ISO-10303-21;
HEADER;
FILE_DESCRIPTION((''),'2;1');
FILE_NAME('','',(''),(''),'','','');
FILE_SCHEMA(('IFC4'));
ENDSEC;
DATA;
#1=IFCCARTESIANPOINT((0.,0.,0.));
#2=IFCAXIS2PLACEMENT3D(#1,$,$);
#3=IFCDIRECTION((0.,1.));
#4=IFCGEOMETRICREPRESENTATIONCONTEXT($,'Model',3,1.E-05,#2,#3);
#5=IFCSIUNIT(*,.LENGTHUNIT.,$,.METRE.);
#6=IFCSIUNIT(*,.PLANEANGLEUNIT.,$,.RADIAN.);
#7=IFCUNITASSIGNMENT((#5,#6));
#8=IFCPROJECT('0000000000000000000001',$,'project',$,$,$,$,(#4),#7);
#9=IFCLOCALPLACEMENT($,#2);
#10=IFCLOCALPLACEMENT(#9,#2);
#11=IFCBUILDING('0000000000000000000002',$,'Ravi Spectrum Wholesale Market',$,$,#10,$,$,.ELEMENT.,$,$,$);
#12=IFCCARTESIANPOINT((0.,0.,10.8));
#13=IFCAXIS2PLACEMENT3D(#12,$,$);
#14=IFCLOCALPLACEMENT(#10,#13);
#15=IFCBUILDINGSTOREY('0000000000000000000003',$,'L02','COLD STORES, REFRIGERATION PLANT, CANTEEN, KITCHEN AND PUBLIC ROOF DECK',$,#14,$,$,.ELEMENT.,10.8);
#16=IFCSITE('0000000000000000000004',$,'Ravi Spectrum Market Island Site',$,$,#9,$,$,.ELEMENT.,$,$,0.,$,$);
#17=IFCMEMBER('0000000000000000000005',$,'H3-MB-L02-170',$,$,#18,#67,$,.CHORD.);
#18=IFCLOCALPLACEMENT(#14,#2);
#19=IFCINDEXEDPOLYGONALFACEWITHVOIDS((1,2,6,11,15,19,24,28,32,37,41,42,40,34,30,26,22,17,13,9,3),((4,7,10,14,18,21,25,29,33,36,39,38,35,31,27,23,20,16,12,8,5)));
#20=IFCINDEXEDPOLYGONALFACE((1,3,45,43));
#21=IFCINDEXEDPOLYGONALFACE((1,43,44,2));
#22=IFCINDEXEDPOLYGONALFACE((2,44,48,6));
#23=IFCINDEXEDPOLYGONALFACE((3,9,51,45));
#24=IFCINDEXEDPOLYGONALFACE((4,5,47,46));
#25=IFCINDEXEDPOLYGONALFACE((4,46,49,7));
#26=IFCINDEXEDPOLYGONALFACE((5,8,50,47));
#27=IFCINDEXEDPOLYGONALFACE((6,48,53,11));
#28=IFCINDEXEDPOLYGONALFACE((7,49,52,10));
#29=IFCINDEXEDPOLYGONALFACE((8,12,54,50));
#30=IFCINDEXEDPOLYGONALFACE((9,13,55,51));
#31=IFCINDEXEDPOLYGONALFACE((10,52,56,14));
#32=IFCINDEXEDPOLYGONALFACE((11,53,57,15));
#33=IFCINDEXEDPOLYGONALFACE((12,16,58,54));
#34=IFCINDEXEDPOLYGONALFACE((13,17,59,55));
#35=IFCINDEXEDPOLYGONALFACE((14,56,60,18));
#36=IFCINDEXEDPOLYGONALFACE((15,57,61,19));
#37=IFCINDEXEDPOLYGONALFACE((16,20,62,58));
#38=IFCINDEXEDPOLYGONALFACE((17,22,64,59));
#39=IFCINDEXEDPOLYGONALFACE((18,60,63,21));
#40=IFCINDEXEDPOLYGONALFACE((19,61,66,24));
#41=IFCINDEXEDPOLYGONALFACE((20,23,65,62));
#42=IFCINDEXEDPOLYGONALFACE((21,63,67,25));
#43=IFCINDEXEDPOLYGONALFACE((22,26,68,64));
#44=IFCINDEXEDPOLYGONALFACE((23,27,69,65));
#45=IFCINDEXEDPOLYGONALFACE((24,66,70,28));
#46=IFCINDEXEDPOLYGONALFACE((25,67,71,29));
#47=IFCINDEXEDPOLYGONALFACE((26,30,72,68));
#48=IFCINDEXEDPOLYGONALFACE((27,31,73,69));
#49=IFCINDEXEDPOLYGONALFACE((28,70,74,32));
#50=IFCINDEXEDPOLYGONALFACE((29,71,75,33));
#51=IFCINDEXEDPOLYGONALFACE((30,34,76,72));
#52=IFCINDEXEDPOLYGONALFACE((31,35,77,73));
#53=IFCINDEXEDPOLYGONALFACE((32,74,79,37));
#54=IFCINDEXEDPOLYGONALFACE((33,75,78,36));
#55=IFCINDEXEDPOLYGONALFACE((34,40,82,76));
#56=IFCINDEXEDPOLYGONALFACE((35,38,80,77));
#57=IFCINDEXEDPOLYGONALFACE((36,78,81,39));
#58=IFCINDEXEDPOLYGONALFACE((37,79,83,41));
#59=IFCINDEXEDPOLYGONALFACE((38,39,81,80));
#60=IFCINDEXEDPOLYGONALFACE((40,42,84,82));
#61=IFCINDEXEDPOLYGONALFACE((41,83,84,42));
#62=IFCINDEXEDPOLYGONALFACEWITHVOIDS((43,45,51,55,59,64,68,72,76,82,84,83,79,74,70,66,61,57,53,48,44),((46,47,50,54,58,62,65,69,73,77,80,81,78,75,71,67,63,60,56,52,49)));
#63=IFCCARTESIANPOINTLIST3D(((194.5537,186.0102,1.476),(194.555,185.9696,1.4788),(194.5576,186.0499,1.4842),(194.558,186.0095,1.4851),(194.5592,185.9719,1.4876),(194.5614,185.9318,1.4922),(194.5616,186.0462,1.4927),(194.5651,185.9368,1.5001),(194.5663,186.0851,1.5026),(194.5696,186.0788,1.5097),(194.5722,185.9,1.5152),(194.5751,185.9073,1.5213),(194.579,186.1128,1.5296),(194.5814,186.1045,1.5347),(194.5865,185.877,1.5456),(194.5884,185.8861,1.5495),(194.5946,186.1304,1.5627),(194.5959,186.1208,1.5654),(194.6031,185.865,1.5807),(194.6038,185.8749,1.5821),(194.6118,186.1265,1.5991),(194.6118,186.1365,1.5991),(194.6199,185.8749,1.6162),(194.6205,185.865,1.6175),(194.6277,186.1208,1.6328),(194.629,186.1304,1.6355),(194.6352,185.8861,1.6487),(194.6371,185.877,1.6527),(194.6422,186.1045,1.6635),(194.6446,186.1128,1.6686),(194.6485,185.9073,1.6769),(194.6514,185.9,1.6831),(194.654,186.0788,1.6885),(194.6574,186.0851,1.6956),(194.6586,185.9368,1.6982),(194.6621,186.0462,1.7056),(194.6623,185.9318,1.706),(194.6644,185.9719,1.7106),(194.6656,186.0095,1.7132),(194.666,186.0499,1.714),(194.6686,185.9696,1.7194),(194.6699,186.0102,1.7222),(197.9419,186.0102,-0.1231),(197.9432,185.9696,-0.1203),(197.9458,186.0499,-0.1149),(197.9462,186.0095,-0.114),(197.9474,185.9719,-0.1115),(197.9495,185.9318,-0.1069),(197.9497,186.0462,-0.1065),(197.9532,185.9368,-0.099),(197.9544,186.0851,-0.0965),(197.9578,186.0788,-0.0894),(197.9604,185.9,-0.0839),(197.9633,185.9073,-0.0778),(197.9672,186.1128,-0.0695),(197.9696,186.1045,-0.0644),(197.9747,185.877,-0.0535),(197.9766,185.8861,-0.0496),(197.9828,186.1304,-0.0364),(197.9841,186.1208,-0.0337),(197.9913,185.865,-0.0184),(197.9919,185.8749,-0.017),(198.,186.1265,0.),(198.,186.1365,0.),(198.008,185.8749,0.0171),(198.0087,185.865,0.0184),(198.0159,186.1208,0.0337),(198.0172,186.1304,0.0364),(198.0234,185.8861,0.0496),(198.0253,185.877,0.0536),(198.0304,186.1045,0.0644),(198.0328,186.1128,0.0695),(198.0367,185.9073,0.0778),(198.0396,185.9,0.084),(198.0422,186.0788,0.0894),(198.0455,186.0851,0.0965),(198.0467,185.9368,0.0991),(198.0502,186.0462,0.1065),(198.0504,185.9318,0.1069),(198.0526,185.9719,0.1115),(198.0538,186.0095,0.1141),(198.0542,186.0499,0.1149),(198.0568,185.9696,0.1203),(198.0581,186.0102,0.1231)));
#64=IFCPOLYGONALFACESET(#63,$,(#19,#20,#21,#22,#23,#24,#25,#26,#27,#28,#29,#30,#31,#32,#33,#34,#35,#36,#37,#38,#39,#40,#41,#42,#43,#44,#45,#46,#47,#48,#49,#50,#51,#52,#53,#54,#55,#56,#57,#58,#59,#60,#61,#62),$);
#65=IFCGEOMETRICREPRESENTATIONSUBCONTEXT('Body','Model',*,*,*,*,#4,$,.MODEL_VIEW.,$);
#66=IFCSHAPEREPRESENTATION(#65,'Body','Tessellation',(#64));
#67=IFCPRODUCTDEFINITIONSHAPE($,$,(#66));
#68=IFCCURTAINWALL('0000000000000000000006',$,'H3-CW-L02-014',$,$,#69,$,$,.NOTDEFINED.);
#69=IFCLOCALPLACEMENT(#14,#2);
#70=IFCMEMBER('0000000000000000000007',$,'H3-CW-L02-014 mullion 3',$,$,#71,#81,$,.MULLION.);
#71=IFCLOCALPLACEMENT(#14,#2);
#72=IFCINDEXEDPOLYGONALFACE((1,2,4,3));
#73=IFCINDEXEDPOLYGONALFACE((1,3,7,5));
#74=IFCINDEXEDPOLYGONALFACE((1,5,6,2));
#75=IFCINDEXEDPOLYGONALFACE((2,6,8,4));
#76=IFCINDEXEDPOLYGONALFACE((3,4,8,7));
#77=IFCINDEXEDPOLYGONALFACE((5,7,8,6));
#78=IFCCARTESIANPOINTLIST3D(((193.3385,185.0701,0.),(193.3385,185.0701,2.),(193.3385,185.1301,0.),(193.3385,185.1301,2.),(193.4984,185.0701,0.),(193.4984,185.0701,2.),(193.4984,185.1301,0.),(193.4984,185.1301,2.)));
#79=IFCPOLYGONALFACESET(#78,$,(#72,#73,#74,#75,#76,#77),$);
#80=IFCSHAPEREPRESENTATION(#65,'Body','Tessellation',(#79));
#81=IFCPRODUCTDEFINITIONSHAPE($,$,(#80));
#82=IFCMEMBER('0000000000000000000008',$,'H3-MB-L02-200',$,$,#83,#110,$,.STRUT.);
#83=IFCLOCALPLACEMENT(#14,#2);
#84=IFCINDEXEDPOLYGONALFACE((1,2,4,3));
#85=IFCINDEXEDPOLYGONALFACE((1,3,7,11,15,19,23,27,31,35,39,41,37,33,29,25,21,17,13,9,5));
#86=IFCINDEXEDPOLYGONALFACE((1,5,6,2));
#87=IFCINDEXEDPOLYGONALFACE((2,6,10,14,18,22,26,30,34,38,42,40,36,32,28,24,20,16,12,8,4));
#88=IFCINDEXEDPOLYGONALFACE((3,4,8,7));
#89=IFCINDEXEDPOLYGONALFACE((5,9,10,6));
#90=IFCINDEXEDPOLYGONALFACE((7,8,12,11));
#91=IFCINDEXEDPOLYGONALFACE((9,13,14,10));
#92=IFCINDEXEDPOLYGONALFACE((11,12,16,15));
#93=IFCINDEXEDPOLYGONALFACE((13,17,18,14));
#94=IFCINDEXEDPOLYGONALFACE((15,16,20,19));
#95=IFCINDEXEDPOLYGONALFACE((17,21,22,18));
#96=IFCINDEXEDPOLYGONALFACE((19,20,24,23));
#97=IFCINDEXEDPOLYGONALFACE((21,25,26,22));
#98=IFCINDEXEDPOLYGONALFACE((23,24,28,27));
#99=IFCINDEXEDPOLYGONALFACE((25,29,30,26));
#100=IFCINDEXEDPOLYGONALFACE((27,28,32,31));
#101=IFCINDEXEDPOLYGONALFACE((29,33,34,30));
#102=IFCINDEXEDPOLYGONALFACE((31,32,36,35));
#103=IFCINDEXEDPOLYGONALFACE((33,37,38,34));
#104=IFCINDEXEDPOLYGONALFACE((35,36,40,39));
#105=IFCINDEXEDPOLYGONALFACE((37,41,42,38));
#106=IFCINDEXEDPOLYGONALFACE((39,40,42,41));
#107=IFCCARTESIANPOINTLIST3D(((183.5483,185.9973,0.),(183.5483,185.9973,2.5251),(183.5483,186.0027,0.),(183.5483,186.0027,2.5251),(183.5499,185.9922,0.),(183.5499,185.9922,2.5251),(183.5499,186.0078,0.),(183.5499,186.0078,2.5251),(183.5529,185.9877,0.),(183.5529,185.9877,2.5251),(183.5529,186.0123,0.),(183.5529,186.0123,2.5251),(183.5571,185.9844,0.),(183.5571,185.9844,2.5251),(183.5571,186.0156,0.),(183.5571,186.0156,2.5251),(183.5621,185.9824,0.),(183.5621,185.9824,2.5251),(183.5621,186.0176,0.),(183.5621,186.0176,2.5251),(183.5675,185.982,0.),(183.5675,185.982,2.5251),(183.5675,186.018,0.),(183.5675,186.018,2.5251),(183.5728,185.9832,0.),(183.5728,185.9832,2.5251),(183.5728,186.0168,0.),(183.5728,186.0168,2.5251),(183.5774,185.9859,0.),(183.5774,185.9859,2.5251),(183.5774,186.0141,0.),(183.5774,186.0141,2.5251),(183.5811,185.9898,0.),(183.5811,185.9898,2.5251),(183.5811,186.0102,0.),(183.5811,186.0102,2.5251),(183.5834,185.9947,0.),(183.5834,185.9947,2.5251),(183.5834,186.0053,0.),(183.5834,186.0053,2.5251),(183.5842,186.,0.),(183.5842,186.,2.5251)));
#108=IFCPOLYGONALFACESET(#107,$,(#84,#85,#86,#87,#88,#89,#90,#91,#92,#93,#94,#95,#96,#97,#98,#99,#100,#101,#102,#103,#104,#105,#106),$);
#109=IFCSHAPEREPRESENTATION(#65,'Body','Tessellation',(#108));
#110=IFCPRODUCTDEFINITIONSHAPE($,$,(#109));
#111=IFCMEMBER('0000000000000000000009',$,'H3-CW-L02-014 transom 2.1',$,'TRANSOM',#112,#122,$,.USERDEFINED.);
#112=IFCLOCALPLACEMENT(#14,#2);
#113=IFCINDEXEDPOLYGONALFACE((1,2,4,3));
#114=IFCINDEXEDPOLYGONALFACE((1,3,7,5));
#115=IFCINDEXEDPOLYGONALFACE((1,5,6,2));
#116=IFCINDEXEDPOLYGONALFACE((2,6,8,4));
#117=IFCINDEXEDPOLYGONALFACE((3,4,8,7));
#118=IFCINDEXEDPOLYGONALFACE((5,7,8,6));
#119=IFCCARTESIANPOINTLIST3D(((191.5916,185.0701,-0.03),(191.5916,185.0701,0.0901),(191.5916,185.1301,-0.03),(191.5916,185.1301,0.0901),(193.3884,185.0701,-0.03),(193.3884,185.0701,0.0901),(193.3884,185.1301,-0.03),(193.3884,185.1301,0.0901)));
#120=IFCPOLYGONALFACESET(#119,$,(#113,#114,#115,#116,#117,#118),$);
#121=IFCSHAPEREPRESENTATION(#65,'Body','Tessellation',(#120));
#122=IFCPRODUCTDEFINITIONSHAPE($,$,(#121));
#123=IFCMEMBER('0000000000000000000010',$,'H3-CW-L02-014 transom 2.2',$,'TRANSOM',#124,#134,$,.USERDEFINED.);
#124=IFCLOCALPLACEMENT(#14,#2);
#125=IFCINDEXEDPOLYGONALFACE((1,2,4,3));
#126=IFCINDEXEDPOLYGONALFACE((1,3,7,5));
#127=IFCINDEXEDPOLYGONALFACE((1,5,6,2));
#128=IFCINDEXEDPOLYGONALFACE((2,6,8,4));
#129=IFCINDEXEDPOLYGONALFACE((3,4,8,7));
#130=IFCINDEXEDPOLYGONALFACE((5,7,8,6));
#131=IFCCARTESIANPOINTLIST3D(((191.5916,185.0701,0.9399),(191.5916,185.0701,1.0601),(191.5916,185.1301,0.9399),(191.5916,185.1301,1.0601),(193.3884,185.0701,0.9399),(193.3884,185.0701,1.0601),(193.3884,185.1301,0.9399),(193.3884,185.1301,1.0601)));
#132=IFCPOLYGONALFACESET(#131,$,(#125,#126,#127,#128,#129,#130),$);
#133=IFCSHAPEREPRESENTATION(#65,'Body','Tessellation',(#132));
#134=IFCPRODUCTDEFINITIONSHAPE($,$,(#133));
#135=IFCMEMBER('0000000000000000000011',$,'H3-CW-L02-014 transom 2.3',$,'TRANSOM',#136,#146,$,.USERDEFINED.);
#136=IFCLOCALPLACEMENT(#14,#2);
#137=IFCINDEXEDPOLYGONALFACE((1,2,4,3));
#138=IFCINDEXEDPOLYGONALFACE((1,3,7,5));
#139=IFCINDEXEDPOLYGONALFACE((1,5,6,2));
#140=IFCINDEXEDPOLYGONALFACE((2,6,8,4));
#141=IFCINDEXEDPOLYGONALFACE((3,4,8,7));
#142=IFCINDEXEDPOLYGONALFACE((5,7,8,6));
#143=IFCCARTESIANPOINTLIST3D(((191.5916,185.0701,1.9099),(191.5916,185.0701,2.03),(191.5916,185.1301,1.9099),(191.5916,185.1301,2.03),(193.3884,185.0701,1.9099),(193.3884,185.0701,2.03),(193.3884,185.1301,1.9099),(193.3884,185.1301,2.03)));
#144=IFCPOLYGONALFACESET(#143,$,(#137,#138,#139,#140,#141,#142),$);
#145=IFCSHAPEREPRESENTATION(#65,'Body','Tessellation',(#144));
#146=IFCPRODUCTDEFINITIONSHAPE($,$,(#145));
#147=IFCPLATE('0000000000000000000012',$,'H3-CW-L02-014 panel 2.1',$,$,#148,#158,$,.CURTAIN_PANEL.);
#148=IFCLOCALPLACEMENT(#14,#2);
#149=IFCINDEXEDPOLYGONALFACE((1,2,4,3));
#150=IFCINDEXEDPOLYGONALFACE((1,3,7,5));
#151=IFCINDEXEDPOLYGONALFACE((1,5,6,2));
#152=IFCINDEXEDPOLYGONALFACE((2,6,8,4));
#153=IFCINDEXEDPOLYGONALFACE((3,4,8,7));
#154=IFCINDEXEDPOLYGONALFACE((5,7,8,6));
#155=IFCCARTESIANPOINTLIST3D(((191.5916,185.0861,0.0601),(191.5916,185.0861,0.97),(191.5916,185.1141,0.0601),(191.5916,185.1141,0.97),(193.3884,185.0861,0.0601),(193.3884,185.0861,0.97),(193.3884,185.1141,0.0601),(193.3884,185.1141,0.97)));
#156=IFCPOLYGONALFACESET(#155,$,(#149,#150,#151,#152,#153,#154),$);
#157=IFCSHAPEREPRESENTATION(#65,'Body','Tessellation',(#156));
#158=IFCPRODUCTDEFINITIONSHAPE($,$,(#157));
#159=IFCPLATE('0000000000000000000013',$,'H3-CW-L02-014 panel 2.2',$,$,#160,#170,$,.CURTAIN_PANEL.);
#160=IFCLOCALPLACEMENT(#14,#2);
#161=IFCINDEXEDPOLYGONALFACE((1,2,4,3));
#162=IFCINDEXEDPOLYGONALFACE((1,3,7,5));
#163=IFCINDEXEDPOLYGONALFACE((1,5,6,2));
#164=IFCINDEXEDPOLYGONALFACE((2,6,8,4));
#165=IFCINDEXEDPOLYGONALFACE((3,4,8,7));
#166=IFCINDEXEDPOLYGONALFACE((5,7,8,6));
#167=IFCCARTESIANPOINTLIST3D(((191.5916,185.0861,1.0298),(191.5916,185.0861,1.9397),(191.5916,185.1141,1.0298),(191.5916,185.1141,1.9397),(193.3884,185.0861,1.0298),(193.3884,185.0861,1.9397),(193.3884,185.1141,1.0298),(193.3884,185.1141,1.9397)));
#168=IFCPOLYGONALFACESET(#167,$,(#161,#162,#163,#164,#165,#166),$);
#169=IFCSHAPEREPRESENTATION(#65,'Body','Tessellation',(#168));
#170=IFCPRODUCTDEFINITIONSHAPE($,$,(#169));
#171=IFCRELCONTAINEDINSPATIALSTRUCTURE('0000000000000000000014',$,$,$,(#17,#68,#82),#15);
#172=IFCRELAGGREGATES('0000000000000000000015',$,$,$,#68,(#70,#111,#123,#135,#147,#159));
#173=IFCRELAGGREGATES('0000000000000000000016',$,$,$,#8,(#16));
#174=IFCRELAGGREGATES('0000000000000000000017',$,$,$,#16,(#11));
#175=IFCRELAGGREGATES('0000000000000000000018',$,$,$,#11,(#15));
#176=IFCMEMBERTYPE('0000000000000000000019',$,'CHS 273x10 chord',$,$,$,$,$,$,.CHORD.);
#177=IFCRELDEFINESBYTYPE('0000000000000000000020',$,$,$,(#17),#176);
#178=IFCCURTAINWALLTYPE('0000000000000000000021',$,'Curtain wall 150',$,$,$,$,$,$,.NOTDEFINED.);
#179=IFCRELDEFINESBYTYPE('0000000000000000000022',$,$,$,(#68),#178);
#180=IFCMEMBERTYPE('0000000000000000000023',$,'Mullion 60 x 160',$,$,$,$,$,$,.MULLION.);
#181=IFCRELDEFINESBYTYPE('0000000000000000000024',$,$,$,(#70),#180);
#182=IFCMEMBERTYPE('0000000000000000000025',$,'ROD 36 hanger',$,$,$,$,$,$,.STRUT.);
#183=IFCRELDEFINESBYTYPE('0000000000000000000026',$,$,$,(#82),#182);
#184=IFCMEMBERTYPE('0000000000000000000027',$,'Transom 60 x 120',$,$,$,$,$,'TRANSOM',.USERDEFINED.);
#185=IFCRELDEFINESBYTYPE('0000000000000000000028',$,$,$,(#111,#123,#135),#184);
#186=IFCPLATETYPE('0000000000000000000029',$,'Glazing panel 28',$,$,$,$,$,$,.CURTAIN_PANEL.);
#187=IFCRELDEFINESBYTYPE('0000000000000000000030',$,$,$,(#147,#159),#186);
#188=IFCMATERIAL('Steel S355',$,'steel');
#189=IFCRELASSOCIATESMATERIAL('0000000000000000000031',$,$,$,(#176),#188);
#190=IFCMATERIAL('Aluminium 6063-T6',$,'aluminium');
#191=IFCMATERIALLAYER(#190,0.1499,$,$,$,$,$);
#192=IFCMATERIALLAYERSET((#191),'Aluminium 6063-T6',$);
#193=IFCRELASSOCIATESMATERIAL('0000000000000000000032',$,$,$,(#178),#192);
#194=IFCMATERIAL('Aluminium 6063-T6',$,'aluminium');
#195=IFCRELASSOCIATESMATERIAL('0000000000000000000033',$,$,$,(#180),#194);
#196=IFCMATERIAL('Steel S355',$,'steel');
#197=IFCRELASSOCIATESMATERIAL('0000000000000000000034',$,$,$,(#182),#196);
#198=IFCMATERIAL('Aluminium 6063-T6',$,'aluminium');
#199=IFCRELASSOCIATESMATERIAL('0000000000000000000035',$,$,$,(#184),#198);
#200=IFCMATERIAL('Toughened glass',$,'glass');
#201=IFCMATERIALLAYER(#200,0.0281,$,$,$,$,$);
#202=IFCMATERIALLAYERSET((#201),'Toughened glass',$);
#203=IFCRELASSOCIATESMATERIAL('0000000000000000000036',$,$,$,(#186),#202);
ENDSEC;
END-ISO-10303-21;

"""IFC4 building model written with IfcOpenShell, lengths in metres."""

from ifc_helpers import new_model, si_unit, direction, frame, origin, origin_2d, place, context, subcontext, project, spatial, rectangle, circle, hollow_circle, extrude, material, layer, layer_set, material_profile, profile_set, type_object, element, aggregate, save


model = new_model("IFC4")

# Units and contexts
model_context = context("Model", 3, precision=1e-05, world=origin(), true_north=direction((0.0, 1.0)))
body_context = subcontext(model_context, "Body", "Model", "MODEL_VIEW")
ifc_project = project(units=[si_unit("LENGTHUNIT", "METRE"), si_unit("PLANEANGLEUNIT", "RADIAN")], contexts=[model_context])

# Site, building, storey
site_placement = place(None, origin())
site = spatial("IfcSite", under=ifc_project, at=site_placement, Name="Ravi Spectrum Market Island Site", CompositionType="ELEMENT", RefElevation=0.0)
building_placement = place(site_placement, origin())
building = spatial("IfcBuilding", under=site, at=building_placement, Name="Ravi Spectrum Wholesale Market", CompositionType="ELEMENT")
storey_placement = place(building_placement, frame((0.0, 0.0, 10.8)))
storey = spatial("IfcBuildingStorey", under=building, at=storey_placement, Name="L02", Description="COLD STORES, REFRIGERATION PLANT, CANTEEN, KITCHEN AND PUBLIC ROOF DECK", CompositionType="ELEMENT", Elevation=10.8)

# Member
ifc_material_1 = material(Name="Steel S355", Category="steel")
ifc_material_profile_1 = material_profile(ifc_material_1, hollow_circle(Radius=0.1365, WallThickness=0.01, at=origin_2d()))
ifc_profile_set_1 = profile_set([ifc_material_profile_1], Name="Steel S355")
member_type_1 = type_object("IfcMemberType", Name="CHS 273x10 chord", PredefinedType="CHORD", material=ifc_profile_set_1)
member_1_placement = place(storey_placement, frame((194.6118, 186.0, 1.5991), z_axis=(0.904337, 0.0, -0.42682), x_axis=(0.0, 1.0, 0.0)))
element("IfcMember", 1, at=member_1_placement, inside=storey, type_object=member_type_1, Name="H3-MB-L02-170", PredefinedType="CHORD", context=body_context, shape_type="SweptSolid", body=[
    extrude(hollow_circle(Radius=0.1365, WallThickness=0.01, at=origin_2d()), origin(), (0.0, 0.0, 1.0), 3.7466),
])

# Curtain wall, member
ifc_material_2 = material(Name="Aluminium 6063-T6", Category="aluminium")
ifc_layer_1 = layer(ifc_material_2, 0.1499)
ifc_layer_set_1 = layer_set([ifc_layer_1], Name="Aluminium 6063-T6")
curtain_wall_type = type_object("IfcCurtainWallType", Name="Curtain wall 150", PredefinedType="NOTDEFINED", material=ifc_layer_set_1)
curtain_wall_placement = place(storey_placement, origin())
curtain_wall = element("IfcCurtainWall", 2, at=curtain_wall_placement, inside=storey, type_object=curtain_wall_type, Name="H3-CW-L02-014", PredefinedType="NOTDEFINED")
ifc_material_3 = material(Name="Aluminium 6063-T6", Category="aluminium")
ifc_material_profile_2 = material_profile(ifc_material_3, rectangle(XDim=0.0601, YDim=0.1599, at=origin_2d()))
ifc_profile_set_2 = profile_set([ifc_material_profile_2], Name="Aluminium 6063-T6")
member_type_2 = type_object("IfcMemberType", Name="Mullion 60 x 160", PredefinedType="MULLION", material=ifc_profile_set_2)
member_2_placement = place(storey_placement, frame((193.4185, 185.1001, 0.0), z_axis=(0.0, 0.0, 1.0), x_axis=(0.0, 1.0, 0.0)))
member_2 = element("IfcMember", 3, at=member_2_placement, type_object=member_type_2, Name="H3-CW-L02-014 mullion 3", PredefinedType="MULLION", context=body_context, shape_type="SweptSolid", body=[
    extrude(rectangle(XDim=0.0601, YDim=0.1599, at=origin_2d()), origin(), (0.0, 0.0, 1.0), 2.0),
])

# Members
ifc_material_4 = material(Name="Steel S355", Category="steel")
ifc_material_profile_3 = material_profile(ifc_material_4, circle(Radius=0.0181, at=origin_2d()))
ifc_profile_set_3 = profile_set([ifc_material_profile_3], Name="Steel S355")
member_type_3 = type_object("IfcMemberType", Name="ROD 36 hanger", PredefinedType="STRUT", material=ifc_profile_set_3)
member_3_placement = place(storey_placement, frame((183.5662, 186.0, 0.0), z_axis=(0.0, 0.0, 1.0), x_axis=(1.0, 0.0, 0.0)))
element("IfcMember", 4, at=member_3_placement, inside=storey, type_object=member_type_3, Name="H3-MB-L02-200", PredefinedType="STRUT", context=body_context, shape_type="SweptSolid", body=[
    extrude(circle(Radius=0.0181, at=origin_2d()), origin(), (0.0, 0.0, 1.0), 2.5251),
])
ifc_material_5 = material(Name="Aluminium 6063-T6", Category="aluminium")
ifc_material_profile_4 = material_profile(ifc_material_5, rectangle(XDim=0.0601, YDim=0.1201, at=origin_2d()))
ifc_profile_set_4 = profile_set([ifc_material_profile_4], Name="Aluminium 6063-T6")
member_type_4 = type_object("IfcMemberType", Name="Transom 60 x 120", ElementType="TRANSOM", PredefinedType="USERDEFINED", material=ifc_profile_set_4)
member_4_placement = place(storey_placement, frame((191.5916, 185.1001, 0.03), z_axis=(1.0, 0.0, 0.0), x_axis=(0.0, 1.0, 0.0)))
member_4 = element("IfcMember", 5, at=member_4_placement, type_object=member_type_4, Name="H3-CW-L02-014 transom 2.1", ObjectType="TRANSOM", PredefinedType="USERDEFINED", context=body_context, shape_type="SweptSolid", body=[
    extrude(rectangle(XDim=0.0601, YDim=0.1201, at=origin_2d()), origin(), (0.0, 0.0, 1.0), 1.7969),
])
member_5_placement = place(storey_placement, frame((191.5916, 185.1001, 1.0), z_axis=(1.0, 0.0, 0.0), x_axis=(0.0, 1.0, 0.0)))
member_5 = element("IfcMember", 6, at=member_5_placement, type_object=member_type_4, Name="H3-CW-L02-014 transom 2.2", ObjectType="TRANSOM", PredefinedType="USERDEFINED", context=body_context, shape_type="SweptSolid", body=[
    extrude(rectangle(XDim=0.0601, YDim=0.1201, at=origin_2d()), origin(), (0.0, 0.0, 1.0), 1.7969),
])
member_6_placement = place(storey_placement, frame((191.5916, 185.1001, 1.97), z_axis=(1.0, 0.0, 0.0), x_axis=(0.0, 1.0, 0.0)))
member_6 = element("IfcMember", 7, at=member_6_placement, type_object=member_type_4, Name="H3-CW-L02-014 transom 2.3", ObjectType="TRANSOM", PredefinedType="USERDEFINED", context=body_context, shape_type="SweptSolid", body=[
    extrude(rectangle(XDim=0.0601, YDim=0.1201, at=origin_2d()), origin(), (0.0, 0.0, 1.0), 1.7969),
])

# Plates
ifc_material_6 = material(Name="Toughened glass", Category="glass")
ifc_layer_2 = layer(ifc_material_6, 0.0281)
ifc_layer_set_2 = layer_set([ifc_layer_2], Name="Toughened glass")
plate_type = type_object("IfcPlateType", Name="Glazing panel 28", PredefinedType="CURTAIN_PANEL", material=ifc_layer_set_2)
plate_1_placement = place(storey_placement, frame((192.49, 185.1001, 0.0601), z_axis=(0.0, 0.0, 1.0), x_axis=(1.0, 0.0, 0.0)))
plate_1 = element("IfcPlate", 8, at=plate_1_placement, type_object=plate_type, Name="H3-CW-L02-014 panel 2.1", PredefinedType="CURTAIN_PANEL", context=body_context, shape_type="SweptSolid", body=[
    extrude(rectangle(XDim=1.7969, YDim=0.0281, at=origin_2d()), origin(), (0.0, 0.0, 1.0), 0.9099),
])
plate_2_placement = place(storey_placement, frame((192.49, 185.1001, 1.0298), z_axis=(0.0, 0.0, 1.0), x_axis=(1.0, 0.0, 0.0)))
plate_2 = element("IfcPlate", 9, at=plate_2_placement, type_object=plate_type, Name="H3-CW-L02-014 panel 2.2", PredefinedType="CURTAIN_PANEL", context=body_context, shape_type="SweptSolid", body=[
    extrude(rectangle(XDim=1.7969, YDim=0.0281, at=origin_2d()), origin(), (0.0, 0.0, 1.0), 0.9099),
])
aggregate(curtain_wall, [member_2, member_4, member_5, member_6, plate_1, plate_2])

save(model, "model.ifc")
